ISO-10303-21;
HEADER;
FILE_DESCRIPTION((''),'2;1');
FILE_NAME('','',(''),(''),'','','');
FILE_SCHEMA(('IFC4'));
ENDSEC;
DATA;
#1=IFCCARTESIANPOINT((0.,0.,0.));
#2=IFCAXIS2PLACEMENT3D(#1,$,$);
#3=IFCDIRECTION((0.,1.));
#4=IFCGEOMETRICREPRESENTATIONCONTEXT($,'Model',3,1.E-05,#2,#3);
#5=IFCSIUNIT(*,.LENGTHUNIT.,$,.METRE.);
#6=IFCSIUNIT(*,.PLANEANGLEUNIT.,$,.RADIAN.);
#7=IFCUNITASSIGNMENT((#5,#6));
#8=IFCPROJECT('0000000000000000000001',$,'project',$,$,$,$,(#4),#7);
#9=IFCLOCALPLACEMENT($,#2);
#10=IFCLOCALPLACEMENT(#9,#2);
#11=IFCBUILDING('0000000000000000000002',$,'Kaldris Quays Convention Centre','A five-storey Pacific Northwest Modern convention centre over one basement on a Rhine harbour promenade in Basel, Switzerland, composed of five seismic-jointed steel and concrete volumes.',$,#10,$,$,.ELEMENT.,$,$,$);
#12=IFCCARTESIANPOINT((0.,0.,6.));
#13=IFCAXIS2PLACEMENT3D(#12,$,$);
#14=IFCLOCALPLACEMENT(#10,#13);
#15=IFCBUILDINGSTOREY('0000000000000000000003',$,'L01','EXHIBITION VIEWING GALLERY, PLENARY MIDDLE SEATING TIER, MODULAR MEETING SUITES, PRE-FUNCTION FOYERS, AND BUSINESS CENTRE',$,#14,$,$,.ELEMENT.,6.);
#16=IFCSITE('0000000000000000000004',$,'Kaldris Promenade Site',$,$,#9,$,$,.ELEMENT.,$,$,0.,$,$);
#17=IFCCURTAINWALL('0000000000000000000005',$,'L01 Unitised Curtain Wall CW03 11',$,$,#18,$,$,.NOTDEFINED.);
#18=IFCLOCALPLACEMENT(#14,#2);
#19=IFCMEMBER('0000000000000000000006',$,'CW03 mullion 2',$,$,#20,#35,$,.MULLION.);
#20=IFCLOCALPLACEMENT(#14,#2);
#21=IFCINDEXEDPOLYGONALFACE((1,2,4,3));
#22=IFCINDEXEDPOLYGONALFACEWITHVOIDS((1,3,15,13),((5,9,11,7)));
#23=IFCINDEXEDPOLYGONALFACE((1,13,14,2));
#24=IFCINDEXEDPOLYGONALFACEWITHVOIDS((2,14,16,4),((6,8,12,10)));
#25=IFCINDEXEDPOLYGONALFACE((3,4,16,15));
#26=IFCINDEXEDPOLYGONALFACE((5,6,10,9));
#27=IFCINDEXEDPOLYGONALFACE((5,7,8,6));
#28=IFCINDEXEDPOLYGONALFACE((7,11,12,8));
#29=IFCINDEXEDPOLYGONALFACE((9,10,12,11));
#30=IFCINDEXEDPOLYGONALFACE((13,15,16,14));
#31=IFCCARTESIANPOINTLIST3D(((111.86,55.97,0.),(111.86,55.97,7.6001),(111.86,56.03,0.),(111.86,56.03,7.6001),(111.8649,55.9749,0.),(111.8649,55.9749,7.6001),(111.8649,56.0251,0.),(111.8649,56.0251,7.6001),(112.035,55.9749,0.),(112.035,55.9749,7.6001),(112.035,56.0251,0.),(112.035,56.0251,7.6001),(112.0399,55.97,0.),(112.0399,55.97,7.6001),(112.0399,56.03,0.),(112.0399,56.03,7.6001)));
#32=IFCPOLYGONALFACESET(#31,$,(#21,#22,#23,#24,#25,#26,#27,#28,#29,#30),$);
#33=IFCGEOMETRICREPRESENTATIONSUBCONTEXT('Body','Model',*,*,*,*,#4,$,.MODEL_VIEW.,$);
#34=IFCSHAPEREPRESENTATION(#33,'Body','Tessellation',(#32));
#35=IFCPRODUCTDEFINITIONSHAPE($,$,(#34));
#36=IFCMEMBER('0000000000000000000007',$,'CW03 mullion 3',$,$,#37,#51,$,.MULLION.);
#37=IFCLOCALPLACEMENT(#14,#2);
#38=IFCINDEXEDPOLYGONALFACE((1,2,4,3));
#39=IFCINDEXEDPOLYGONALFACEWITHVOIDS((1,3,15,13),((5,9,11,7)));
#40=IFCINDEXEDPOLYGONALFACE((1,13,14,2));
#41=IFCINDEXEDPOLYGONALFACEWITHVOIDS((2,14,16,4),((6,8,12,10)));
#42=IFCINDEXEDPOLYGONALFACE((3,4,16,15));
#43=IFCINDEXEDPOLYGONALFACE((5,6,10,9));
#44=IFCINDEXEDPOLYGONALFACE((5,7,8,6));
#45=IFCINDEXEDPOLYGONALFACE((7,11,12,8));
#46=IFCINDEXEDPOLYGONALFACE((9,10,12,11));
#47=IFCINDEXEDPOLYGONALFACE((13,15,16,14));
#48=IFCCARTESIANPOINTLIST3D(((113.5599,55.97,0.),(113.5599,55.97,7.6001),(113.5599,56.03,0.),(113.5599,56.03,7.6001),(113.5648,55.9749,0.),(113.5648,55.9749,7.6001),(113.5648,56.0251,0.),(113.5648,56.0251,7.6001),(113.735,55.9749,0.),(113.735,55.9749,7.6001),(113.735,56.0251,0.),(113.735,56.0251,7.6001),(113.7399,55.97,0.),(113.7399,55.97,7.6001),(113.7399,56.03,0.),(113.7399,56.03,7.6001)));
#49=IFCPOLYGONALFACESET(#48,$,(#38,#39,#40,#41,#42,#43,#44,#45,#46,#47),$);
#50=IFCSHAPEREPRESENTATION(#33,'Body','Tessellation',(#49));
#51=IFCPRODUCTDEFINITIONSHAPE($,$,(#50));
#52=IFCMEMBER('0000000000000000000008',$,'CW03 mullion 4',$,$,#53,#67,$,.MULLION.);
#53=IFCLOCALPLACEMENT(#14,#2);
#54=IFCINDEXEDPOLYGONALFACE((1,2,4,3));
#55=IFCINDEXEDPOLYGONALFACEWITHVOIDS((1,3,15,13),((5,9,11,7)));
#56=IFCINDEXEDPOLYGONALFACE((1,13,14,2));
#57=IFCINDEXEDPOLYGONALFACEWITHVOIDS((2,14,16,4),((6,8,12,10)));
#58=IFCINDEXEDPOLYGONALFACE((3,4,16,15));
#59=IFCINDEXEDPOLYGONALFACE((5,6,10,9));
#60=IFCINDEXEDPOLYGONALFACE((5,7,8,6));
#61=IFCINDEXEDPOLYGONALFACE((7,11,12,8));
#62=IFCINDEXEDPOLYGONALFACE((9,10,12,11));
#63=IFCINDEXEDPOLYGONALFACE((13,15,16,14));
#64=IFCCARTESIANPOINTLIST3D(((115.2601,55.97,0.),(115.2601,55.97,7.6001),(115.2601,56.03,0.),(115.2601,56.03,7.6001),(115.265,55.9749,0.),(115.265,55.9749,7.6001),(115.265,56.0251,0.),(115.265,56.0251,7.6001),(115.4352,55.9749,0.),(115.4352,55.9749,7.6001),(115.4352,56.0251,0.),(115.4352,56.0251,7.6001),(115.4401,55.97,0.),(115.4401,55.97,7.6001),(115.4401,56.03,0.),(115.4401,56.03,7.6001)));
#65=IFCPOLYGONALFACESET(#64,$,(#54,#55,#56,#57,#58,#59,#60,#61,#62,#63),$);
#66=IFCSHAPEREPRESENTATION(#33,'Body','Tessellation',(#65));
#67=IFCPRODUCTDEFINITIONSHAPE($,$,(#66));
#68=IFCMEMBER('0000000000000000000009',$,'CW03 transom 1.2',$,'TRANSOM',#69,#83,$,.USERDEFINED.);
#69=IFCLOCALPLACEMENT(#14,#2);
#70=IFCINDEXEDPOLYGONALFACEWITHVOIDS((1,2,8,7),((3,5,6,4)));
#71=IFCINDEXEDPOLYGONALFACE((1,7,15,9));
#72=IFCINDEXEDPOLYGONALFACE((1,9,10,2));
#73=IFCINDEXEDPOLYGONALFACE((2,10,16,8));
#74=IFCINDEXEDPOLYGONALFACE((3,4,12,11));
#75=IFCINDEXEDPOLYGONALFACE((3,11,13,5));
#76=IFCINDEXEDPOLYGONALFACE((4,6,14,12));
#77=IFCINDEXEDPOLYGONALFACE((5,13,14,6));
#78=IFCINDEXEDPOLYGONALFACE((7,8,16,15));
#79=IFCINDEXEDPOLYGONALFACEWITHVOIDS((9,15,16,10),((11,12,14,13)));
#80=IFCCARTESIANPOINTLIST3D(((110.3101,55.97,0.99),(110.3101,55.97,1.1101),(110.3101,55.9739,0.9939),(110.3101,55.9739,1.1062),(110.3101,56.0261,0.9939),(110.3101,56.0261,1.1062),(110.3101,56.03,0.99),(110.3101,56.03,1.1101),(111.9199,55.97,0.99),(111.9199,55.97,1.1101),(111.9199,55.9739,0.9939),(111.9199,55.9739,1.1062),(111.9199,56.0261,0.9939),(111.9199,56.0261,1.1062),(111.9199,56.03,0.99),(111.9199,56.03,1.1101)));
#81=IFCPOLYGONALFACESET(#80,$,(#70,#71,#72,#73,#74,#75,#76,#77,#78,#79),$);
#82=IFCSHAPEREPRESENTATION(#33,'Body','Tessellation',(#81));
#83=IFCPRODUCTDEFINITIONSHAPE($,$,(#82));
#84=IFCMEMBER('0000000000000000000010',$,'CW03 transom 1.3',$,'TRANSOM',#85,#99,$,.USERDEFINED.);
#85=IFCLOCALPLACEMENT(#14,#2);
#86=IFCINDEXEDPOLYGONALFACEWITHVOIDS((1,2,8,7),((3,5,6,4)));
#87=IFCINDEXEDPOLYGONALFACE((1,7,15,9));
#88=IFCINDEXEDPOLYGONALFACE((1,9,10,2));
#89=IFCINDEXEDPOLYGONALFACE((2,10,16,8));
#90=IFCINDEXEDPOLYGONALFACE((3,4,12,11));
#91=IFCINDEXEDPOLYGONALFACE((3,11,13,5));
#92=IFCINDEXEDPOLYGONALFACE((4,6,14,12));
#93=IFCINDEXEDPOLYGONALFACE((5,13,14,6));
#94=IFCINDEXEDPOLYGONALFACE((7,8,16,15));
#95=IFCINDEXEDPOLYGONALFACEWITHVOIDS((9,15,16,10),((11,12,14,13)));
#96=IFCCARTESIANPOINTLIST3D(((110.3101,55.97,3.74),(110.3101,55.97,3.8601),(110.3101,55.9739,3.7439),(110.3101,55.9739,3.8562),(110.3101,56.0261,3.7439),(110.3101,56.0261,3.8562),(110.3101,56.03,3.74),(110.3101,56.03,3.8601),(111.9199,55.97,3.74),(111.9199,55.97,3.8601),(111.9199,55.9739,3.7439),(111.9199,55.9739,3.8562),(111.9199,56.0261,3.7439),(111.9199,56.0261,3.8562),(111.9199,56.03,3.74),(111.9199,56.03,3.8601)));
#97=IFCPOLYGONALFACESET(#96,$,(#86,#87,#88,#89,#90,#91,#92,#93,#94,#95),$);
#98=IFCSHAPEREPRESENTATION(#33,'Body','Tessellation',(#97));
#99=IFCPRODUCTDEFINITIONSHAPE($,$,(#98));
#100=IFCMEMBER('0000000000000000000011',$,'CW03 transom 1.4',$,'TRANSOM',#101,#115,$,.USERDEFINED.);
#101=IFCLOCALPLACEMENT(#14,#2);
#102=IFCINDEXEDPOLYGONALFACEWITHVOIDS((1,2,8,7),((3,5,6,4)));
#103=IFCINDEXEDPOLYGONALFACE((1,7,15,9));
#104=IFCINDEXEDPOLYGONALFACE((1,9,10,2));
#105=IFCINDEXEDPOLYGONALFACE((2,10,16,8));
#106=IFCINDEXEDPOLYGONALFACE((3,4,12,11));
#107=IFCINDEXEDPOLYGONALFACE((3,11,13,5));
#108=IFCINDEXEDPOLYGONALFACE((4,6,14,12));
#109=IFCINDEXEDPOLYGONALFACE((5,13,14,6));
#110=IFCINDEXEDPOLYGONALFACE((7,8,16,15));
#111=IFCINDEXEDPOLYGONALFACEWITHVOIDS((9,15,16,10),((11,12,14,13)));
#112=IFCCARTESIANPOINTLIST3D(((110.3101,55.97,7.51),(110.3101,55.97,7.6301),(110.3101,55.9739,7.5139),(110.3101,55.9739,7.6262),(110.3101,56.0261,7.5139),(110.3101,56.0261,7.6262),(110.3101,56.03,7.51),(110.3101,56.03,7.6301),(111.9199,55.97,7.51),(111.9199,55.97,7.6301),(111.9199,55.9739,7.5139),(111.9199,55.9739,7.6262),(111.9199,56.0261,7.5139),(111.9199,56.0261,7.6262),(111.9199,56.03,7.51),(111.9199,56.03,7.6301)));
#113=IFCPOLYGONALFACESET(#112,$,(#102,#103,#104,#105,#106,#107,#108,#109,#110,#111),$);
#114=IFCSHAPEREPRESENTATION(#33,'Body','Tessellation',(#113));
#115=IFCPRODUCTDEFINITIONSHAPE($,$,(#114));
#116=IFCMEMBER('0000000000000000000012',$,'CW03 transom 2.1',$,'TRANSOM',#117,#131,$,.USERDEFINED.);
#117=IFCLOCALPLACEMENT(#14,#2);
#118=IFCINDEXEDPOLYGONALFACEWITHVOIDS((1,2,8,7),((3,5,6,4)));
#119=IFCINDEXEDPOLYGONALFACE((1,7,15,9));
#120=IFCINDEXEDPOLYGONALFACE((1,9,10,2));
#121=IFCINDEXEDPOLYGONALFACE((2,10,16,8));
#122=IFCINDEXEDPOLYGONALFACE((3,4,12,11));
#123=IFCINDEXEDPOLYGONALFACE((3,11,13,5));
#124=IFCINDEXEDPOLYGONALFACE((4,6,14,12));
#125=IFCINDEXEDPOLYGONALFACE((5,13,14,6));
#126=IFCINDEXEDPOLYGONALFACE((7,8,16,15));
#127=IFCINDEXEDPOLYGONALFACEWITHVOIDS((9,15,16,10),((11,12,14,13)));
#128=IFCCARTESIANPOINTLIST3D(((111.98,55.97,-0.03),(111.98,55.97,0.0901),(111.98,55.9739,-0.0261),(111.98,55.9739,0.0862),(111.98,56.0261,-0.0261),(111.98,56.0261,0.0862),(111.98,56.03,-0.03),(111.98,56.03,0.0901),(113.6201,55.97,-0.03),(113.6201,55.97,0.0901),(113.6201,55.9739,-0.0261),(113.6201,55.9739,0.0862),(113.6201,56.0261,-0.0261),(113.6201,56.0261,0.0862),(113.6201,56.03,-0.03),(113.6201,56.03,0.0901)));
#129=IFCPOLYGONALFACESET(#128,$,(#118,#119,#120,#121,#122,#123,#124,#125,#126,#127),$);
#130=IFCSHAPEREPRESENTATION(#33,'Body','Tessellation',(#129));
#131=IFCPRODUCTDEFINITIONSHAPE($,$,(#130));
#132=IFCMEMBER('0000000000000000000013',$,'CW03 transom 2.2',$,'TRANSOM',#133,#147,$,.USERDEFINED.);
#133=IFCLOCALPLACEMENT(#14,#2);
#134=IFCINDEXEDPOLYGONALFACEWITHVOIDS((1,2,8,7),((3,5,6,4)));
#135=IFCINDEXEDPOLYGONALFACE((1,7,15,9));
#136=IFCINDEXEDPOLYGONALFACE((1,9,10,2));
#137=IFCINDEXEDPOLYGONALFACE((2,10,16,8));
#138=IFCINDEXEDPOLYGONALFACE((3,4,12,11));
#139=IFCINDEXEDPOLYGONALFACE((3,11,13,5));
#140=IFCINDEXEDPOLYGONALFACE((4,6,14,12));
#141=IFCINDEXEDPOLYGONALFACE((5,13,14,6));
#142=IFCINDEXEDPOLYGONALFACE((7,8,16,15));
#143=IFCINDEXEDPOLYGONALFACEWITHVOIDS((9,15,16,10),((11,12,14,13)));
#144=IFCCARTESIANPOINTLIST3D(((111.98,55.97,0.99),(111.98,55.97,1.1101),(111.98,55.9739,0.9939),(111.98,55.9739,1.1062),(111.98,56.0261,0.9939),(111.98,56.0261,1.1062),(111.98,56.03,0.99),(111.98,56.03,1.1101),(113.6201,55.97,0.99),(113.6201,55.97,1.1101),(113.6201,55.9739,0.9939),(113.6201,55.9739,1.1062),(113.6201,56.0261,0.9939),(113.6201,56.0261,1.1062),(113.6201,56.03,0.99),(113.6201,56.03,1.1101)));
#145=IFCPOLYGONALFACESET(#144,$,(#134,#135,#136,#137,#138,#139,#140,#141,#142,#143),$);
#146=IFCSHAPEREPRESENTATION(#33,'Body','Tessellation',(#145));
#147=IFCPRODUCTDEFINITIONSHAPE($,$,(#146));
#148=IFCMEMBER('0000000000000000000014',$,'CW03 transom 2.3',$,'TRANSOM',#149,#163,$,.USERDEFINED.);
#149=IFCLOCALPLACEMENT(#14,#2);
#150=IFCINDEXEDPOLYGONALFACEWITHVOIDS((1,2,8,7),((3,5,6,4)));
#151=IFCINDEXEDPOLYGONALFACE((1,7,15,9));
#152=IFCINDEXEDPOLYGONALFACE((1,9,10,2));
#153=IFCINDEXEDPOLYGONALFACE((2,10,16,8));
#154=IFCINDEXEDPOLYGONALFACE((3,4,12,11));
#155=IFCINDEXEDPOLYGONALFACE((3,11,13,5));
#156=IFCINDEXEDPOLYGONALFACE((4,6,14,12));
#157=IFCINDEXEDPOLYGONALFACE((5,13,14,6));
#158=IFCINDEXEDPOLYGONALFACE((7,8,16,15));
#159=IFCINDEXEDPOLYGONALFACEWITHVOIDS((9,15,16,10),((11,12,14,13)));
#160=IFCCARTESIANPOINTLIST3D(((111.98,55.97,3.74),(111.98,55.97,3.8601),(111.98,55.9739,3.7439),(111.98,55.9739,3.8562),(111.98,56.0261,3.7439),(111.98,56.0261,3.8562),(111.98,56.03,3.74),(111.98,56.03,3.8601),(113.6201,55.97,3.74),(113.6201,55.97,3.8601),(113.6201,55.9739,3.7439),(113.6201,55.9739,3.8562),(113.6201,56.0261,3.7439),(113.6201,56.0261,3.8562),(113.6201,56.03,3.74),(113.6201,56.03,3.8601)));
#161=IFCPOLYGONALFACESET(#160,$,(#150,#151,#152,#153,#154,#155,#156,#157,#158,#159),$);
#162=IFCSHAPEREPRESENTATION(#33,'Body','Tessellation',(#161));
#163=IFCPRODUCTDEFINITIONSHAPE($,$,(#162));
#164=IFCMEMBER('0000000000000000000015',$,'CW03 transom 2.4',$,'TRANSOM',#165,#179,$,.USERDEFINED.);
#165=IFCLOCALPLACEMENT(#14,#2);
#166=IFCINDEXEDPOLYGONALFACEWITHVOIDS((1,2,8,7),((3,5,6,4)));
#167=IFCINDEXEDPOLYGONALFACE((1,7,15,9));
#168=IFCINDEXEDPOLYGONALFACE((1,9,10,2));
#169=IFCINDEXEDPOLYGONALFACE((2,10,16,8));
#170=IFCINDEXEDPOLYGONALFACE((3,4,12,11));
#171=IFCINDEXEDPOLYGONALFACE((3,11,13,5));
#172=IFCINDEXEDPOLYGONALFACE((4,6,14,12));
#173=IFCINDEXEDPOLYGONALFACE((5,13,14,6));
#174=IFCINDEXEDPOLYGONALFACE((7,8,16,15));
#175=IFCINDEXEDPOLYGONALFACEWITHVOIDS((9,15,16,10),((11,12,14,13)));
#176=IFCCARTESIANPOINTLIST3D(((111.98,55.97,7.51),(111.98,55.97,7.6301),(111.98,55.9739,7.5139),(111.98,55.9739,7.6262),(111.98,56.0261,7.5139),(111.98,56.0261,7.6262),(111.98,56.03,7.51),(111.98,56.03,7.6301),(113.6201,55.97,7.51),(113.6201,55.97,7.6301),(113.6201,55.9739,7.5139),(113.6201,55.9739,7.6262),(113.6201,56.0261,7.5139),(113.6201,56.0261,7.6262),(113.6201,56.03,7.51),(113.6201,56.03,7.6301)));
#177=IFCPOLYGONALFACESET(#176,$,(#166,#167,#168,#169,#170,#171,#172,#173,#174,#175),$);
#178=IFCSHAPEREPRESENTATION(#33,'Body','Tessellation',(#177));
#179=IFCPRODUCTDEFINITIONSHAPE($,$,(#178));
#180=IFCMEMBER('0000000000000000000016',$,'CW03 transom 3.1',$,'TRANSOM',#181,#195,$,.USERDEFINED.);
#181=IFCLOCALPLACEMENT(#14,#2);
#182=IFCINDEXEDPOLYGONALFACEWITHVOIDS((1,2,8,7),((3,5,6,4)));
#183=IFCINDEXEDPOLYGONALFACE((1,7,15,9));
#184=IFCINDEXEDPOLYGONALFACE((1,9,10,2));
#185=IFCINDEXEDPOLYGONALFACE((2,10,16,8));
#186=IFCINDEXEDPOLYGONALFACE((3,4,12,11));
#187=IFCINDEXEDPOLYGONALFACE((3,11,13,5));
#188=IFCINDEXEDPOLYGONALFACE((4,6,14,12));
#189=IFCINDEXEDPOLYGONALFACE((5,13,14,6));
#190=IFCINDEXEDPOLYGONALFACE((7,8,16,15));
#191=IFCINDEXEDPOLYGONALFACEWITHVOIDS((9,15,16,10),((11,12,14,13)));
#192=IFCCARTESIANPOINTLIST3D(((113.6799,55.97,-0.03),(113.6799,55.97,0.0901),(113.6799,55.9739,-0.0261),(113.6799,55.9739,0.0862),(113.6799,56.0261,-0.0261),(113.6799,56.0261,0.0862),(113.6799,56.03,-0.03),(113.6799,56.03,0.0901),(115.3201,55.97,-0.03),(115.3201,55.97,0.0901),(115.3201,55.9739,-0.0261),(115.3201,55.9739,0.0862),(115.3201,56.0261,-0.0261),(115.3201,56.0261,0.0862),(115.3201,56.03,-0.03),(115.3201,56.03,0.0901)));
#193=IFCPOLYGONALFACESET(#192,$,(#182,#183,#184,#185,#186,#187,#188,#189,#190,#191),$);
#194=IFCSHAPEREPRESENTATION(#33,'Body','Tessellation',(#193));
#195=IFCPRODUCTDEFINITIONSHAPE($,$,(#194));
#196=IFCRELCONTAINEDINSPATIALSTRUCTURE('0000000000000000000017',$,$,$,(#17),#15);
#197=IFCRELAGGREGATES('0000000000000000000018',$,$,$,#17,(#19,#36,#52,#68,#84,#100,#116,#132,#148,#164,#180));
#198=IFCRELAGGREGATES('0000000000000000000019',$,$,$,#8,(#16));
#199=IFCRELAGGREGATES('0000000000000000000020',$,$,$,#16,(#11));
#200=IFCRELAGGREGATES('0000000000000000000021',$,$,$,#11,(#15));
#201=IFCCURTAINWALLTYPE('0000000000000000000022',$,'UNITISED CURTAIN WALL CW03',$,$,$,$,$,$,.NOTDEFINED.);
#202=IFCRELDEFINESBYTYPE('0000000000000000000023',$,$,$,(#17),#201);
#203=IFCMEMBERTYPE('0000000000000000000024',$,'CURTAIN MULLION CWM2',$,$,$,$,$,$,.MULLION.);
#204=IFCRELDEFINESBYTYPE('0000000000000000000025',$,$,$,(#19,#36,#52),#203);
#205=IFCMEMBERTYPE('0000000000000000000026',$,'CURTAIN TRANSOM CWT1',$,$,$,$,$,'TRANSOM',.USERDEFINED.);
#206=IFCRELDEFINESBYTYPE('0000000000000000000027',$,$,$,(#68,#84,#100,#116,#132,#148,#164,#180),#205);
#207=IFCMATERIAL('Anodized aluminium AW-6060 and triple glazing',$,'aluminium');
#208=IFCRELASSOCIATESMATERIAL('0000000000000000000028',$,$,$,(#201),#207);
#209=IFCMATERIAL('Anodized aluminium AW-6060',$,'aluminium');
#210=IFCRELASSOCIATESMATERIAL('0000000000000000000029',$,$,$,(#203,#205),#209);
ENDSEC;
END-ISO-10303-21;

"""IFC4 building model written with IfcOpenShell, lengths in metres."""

from ifc_helpers import new_model, si_unit, direction, frame, origin, origin_2d, place, context, subcontext, project, spatial, hollow_rectangle, extrude, material, material_profile, profile_set, type_object, element, aggregate, save


model = new_model("IFC4")

# Units and contexts
model_context = context("Model", 3, precision=1e-05, world=origin(), true_north=direction((0.0, 1.0)))
body_context = subcontext(model_context, "Body", "Model", "MODEL_VIEW")
ifc_project = project(units=[si_unit("LENGTHUNIT", "METRE"), si_unit("PLANEANGLEUNIT", "RADIAN")], contexts=[model_context])

# Site, building, storey
site_placement = place(None, origin())
site = spatial("IfcSite", under=ifc_project, at=site_placement, Name="Kaldris Promenade Site", CompositionType="ELEMENT", RefElevation=0.0)
building_placement = place(site_placement, origin())
building = spatial("IfcBuilding", under=site, at=building_placement, Name="Kaldris Quays Convention Centre", Description="A five-storey Pacific Northwest Modern convention centre over one basement on a Rhine harbour promenade in Basel, Switzerland, composed of five seismic-jointed steel and concrete volumes.", CompositionType="ELEMENT")
storey_placement = place(building_placement, frame((0.0, 0.0, 6.0)))
storey = spatial("IfcBuildingStorey", under=building, at=storey_placement, Name="L01", Description="EXHIBITION VIEWING GALLERY, PLENARY MIDDLE SEATING TIER, MODULAR MEETING SUITES, PRE-FUNCTION FOYERS, AND BUSINESS CENTRE", CompositionType="ELEMENT", Elevation=6.0)

# Curtain wall, members
ifc_material_1 = material(Name="Anodized aluminium AW-6060 and triple glazing", Category="aluminium")
curtain_wall_type = type_object("IfcCurtainWallType", Name="UNITISED CURTAIN WALL CW03", PredefinedType="NOTDEFINED", material=ifc_material_1)
curtain_wall_placement = place(storey_placement, origin())
curtain_wall = element("IfcCurtainWall", 1, at=curtain_wall_placement, inside=storey, type_object=curtain_wall_type, Name="L01 Unitised Curtain Wall CW03 11", PredefinedType="NOTDEFINED")
ifc_material_2 = material(Name="Anodized aluminium AW-6060", Category="aluminium")
ifc_material_profile_1 = material_profile(ifc_material_2, hollow_rectangle(XDim=0.0601, YDim=0.1799, WallThickness=0.0049, at=origin_2d()), Name="RHS 180x60x5")
ifc_profile_set_1 = profile_set([ifc_material_profile_1], Name="Anodized aluminium AW-6060")
member_type_1 = type_object("IfcMemberType", Name="CURTAIN MULLION CWM2", PredefinedType="MULLION", material=ifc_profile_set_1)
member_1_placement = place(storey_placement, frame((111.95, 56.0, 0.0), z_axis=(0.0, 0.0, 1.0), x_axis=(0.0, 1.0, 0.0)))
member_1 = element("IfcMember", 2, at=member_1_placement, type_object=member_type_1, Name="CW03 mullion 2", PredefinedType="MULLION", context=body_context, shape_type="SweptSolid", body=[
    extrude(hollow_rectangle(XDim=0.0601, YDim=0.1799, WallThickness=0.0049, at=origin_2d()), origin(), (0.0, 0.0, 1.0), 7.6001),
])
member_2_placement = place(storey_placement, frame((113.6499, 56.0, 0.0), z_axis=(0.0, 0.0, 1.0), x_axis=(0.0, 1.0, 0.0)))
member_2 = element("IfcMember", 3, at=member_2_placement, type_object=member_type_1, Name="CW03 mullion 3", PredefinedType="MULLION", context=body_context, shape_type="SweptSolid", body=[
    extrude(hollow_rectangle(XDim=0.0601, YDim=0.1799, WallThickness=0.0049, at=origin_2d()), origin(), (0.0, 0.0, 1.0), 7.6001),
])
member_3_placement = place(storey_placement, frame((115.3501, 56.0, 0.0), z_axis=(0.0, 0.0, 1.0), x_axis=(0.0, 1.0, 0.0)))
member_3 = element("IfcMember", 4, at=member_3_placement, type_object=member_type_1, Name="CW03 mullion 4", PredefinedType="MULLION", context=body_context, shape_type="SweptSolid", body=[
    extrude(hollow_rectangle(XDim=0.0601, YDim=0.1799, WallThickness=0.0049, at=origin_2d()), origin(), (0.0, 0.0, 1.0), 7.6001),
])
ifc_material_profile_2 = material_profile(ifc_material_2, hollow_rectangle(XDim=0.0601, YDim=0.1201, WallThickness=0.0039, at=origin_2d()), Name="RHS 120x60x4")
ifc_profile_set_2 = profile_set([ifc_material_profile_2], Name="Anodized aluminium AW-6060")
member_type_2 = type_object("IfcMemberType", Name="CURTAIN TRANSOM CWT1", ElementType="TRANSOM", PredefinedType="USERDEFINED", material=ifc_profile_set_2)
member_4_placement = place(storey_placement, frame((110.3101, 56.0, 1.05), z_axis=(1.0, 0.0, 0.0), x_axis=(0.0, 1.0, 0.0)))
member_4 = element("IfcMember", 5, at=member_4_placement, type_object=member_type_2, Name="CW03 transom 1.2", ObjectType="TRANSOM", PredefinedType="USERDEFINED", context=body_context, shape_type="SweptSolid", body=[
    extrude(hollow_rectangle(XDim=0.0601, YDim=0.1201, WallThickness=0.0039, at=origin_2d()), origin(), (0.0, 0.0, 1.0), 1.6099),
])
member_5_placement = place(storey_placement, frame((110.3101, 56.0, 3.8), z_axis=(1.0, 0.0, 0.0), x_axis=(0.0, 1.0, 0.0)))
member_5 = element("IfcMember", 6, at=member_5_placement, type_object=member_type_2, Name="CW03 transom 1.3", ObjectType="TRANSOM", PredefinedType="USERDEFINED", context=body_context, shape_type="SweptSolid", body=[
    extrude(hollow_rectangle(XDim=0.0601, YDim=0.1201, WallThickness=0.0039, at=origin_2d()), origin(), (0.0, 0.0, 1.0), 1.6099),
])
member_6_placement = place(storey_placement, frame((110.3101, 56.0, 7.5701), z_axis=(1.0, 0.0, 0.0), x_axis=(0.0, 1.0, 0.0)))
member_6 = element("IfcMember", 7, at=member_6_placement, type_object=member_type_2, Name="CW03 transom 1.4", ObjectType="TRANSOM", PredefinedType="USERDEFINED", context=body_context, shape_type="SweptSolid", body=[
    extrude(hollow_rectangle(XDim=0.0601, YDim=0.1201, WallThickness=0.0039, at=origin_2d()), origin(), (0.0, 0.0, 1.0), 1.6099),
])
member_7_placement = place(storey_placement, frame((111.98, 56.0, 0.03), z_axis=(1.0, 0.0, 0.0), x_axis=(0.0, 1.0, 0.0)))
member_7 = element("IfcMember", 8, at=member_7_placement, type_object=member_type_2, Name="CW03 transom 2.1", ObjectType="TRANSOM", PredefinedType="USERDEFINED", context=body_context, shape_type="SweptSolid", body=[
    extrude(hollow_rectangle(XDim=0.0601, YDim=0.1201, WallThickness=0.0039, at=origin_2d()), origin(), (0.0, 0.0, 1.0), 1.6401),
])
member_8_placement = place(storey_placement, frame((111.98, 56.0, 1.05), z_axis=(1.0, 0.0, 0.0), x_axis=(0.0, 1.0, 0.0)))
member_8 = element("IfcMember", 9, at=member_8_placement, type_object=member_type_2, Name="CW03 transom 2.2", ObjectType="TRANSOM", PredefinedType="USERDEFINED", context=body_context, shape_type="SweptSolid", body=[
    extrude(hollow_rectangle(XDim=0.0601, YDim=0.1201, WallThickness=0.0039, at=origin_2d()), origin(), (0.0, 0.0, 1.0), 1.6401),
])
member_9_placement = place(storey_placement, frame((111.98, 56.0, 3.8), z_axis=(1.0, 0.0, 0.0), x_axis=(0.0, 1.0, 0.0)))
member_9 = element("IfcMember", 10, at=member_9_placement, type_object=member_type_2, Name="CW03 transom 2.3", ObjectType="TRANSOM", PredefinedType="USERDEFINED", context=body_context, shape_type="SweptSolid", body=[
    extrude(hollow_rectangle(XDim=0.0601, YDim=0.1201, WallThickness=0.0039, at=origin_2d()), origin(), (0.0, 0.0, 1.0), 1.6401),
])
member_10_placement = place(storey_placement, frame((111.98, 56.0, 7.5701), z_axis=(1.0, 0.0, 0.0), x_axis=(0.0, 1.0, 0.0)))
member_10 = element("IfcMember", 11, at=member_10_placement, type_object=member_type_2, Name="CW03 transom 2.4", ObjectType="TRANSOM", PredefinedType="USERDEFINED", context=body_context, shape_type="SweptSolid", body=[
    extrude(hollow_rectangle(XDim=0.0601, YDim=0.1201, WallThickness=0.0039, at=origin_2d()), origin(), (0.0, 0.0, 1.0), 1.6401),
])
member_11_placement = place(storey_placement, frame((113.6799, 56.0, 0.03), z_axis=(1.0, 0.0, 0.0), x_axis=(0.0, 1.0, 0.0)))
member_11 = element("IfcMember", 12, at=member_11_placement, type_object=member_type_2, Name="CW03 transom 3.1", ObjectType="TRANSOM", PredefinedType="USERDEFINED", context=body_context, shape_type="SweptSolid", body=[
    extrude(hollow_rectangle(XDim=0.0601, YDim=0.1201, WallThickness=0.0039, at=origin_2d()), origin(), (0.0, 0.0, 1.0), 1.6401),
])
aggregate(curtain_wall, [member_1, member_2, member_3, member_4, member_5, member_6, member_7, member_8, member_9, member_10, member_11])

save(model, "model.ifc")
